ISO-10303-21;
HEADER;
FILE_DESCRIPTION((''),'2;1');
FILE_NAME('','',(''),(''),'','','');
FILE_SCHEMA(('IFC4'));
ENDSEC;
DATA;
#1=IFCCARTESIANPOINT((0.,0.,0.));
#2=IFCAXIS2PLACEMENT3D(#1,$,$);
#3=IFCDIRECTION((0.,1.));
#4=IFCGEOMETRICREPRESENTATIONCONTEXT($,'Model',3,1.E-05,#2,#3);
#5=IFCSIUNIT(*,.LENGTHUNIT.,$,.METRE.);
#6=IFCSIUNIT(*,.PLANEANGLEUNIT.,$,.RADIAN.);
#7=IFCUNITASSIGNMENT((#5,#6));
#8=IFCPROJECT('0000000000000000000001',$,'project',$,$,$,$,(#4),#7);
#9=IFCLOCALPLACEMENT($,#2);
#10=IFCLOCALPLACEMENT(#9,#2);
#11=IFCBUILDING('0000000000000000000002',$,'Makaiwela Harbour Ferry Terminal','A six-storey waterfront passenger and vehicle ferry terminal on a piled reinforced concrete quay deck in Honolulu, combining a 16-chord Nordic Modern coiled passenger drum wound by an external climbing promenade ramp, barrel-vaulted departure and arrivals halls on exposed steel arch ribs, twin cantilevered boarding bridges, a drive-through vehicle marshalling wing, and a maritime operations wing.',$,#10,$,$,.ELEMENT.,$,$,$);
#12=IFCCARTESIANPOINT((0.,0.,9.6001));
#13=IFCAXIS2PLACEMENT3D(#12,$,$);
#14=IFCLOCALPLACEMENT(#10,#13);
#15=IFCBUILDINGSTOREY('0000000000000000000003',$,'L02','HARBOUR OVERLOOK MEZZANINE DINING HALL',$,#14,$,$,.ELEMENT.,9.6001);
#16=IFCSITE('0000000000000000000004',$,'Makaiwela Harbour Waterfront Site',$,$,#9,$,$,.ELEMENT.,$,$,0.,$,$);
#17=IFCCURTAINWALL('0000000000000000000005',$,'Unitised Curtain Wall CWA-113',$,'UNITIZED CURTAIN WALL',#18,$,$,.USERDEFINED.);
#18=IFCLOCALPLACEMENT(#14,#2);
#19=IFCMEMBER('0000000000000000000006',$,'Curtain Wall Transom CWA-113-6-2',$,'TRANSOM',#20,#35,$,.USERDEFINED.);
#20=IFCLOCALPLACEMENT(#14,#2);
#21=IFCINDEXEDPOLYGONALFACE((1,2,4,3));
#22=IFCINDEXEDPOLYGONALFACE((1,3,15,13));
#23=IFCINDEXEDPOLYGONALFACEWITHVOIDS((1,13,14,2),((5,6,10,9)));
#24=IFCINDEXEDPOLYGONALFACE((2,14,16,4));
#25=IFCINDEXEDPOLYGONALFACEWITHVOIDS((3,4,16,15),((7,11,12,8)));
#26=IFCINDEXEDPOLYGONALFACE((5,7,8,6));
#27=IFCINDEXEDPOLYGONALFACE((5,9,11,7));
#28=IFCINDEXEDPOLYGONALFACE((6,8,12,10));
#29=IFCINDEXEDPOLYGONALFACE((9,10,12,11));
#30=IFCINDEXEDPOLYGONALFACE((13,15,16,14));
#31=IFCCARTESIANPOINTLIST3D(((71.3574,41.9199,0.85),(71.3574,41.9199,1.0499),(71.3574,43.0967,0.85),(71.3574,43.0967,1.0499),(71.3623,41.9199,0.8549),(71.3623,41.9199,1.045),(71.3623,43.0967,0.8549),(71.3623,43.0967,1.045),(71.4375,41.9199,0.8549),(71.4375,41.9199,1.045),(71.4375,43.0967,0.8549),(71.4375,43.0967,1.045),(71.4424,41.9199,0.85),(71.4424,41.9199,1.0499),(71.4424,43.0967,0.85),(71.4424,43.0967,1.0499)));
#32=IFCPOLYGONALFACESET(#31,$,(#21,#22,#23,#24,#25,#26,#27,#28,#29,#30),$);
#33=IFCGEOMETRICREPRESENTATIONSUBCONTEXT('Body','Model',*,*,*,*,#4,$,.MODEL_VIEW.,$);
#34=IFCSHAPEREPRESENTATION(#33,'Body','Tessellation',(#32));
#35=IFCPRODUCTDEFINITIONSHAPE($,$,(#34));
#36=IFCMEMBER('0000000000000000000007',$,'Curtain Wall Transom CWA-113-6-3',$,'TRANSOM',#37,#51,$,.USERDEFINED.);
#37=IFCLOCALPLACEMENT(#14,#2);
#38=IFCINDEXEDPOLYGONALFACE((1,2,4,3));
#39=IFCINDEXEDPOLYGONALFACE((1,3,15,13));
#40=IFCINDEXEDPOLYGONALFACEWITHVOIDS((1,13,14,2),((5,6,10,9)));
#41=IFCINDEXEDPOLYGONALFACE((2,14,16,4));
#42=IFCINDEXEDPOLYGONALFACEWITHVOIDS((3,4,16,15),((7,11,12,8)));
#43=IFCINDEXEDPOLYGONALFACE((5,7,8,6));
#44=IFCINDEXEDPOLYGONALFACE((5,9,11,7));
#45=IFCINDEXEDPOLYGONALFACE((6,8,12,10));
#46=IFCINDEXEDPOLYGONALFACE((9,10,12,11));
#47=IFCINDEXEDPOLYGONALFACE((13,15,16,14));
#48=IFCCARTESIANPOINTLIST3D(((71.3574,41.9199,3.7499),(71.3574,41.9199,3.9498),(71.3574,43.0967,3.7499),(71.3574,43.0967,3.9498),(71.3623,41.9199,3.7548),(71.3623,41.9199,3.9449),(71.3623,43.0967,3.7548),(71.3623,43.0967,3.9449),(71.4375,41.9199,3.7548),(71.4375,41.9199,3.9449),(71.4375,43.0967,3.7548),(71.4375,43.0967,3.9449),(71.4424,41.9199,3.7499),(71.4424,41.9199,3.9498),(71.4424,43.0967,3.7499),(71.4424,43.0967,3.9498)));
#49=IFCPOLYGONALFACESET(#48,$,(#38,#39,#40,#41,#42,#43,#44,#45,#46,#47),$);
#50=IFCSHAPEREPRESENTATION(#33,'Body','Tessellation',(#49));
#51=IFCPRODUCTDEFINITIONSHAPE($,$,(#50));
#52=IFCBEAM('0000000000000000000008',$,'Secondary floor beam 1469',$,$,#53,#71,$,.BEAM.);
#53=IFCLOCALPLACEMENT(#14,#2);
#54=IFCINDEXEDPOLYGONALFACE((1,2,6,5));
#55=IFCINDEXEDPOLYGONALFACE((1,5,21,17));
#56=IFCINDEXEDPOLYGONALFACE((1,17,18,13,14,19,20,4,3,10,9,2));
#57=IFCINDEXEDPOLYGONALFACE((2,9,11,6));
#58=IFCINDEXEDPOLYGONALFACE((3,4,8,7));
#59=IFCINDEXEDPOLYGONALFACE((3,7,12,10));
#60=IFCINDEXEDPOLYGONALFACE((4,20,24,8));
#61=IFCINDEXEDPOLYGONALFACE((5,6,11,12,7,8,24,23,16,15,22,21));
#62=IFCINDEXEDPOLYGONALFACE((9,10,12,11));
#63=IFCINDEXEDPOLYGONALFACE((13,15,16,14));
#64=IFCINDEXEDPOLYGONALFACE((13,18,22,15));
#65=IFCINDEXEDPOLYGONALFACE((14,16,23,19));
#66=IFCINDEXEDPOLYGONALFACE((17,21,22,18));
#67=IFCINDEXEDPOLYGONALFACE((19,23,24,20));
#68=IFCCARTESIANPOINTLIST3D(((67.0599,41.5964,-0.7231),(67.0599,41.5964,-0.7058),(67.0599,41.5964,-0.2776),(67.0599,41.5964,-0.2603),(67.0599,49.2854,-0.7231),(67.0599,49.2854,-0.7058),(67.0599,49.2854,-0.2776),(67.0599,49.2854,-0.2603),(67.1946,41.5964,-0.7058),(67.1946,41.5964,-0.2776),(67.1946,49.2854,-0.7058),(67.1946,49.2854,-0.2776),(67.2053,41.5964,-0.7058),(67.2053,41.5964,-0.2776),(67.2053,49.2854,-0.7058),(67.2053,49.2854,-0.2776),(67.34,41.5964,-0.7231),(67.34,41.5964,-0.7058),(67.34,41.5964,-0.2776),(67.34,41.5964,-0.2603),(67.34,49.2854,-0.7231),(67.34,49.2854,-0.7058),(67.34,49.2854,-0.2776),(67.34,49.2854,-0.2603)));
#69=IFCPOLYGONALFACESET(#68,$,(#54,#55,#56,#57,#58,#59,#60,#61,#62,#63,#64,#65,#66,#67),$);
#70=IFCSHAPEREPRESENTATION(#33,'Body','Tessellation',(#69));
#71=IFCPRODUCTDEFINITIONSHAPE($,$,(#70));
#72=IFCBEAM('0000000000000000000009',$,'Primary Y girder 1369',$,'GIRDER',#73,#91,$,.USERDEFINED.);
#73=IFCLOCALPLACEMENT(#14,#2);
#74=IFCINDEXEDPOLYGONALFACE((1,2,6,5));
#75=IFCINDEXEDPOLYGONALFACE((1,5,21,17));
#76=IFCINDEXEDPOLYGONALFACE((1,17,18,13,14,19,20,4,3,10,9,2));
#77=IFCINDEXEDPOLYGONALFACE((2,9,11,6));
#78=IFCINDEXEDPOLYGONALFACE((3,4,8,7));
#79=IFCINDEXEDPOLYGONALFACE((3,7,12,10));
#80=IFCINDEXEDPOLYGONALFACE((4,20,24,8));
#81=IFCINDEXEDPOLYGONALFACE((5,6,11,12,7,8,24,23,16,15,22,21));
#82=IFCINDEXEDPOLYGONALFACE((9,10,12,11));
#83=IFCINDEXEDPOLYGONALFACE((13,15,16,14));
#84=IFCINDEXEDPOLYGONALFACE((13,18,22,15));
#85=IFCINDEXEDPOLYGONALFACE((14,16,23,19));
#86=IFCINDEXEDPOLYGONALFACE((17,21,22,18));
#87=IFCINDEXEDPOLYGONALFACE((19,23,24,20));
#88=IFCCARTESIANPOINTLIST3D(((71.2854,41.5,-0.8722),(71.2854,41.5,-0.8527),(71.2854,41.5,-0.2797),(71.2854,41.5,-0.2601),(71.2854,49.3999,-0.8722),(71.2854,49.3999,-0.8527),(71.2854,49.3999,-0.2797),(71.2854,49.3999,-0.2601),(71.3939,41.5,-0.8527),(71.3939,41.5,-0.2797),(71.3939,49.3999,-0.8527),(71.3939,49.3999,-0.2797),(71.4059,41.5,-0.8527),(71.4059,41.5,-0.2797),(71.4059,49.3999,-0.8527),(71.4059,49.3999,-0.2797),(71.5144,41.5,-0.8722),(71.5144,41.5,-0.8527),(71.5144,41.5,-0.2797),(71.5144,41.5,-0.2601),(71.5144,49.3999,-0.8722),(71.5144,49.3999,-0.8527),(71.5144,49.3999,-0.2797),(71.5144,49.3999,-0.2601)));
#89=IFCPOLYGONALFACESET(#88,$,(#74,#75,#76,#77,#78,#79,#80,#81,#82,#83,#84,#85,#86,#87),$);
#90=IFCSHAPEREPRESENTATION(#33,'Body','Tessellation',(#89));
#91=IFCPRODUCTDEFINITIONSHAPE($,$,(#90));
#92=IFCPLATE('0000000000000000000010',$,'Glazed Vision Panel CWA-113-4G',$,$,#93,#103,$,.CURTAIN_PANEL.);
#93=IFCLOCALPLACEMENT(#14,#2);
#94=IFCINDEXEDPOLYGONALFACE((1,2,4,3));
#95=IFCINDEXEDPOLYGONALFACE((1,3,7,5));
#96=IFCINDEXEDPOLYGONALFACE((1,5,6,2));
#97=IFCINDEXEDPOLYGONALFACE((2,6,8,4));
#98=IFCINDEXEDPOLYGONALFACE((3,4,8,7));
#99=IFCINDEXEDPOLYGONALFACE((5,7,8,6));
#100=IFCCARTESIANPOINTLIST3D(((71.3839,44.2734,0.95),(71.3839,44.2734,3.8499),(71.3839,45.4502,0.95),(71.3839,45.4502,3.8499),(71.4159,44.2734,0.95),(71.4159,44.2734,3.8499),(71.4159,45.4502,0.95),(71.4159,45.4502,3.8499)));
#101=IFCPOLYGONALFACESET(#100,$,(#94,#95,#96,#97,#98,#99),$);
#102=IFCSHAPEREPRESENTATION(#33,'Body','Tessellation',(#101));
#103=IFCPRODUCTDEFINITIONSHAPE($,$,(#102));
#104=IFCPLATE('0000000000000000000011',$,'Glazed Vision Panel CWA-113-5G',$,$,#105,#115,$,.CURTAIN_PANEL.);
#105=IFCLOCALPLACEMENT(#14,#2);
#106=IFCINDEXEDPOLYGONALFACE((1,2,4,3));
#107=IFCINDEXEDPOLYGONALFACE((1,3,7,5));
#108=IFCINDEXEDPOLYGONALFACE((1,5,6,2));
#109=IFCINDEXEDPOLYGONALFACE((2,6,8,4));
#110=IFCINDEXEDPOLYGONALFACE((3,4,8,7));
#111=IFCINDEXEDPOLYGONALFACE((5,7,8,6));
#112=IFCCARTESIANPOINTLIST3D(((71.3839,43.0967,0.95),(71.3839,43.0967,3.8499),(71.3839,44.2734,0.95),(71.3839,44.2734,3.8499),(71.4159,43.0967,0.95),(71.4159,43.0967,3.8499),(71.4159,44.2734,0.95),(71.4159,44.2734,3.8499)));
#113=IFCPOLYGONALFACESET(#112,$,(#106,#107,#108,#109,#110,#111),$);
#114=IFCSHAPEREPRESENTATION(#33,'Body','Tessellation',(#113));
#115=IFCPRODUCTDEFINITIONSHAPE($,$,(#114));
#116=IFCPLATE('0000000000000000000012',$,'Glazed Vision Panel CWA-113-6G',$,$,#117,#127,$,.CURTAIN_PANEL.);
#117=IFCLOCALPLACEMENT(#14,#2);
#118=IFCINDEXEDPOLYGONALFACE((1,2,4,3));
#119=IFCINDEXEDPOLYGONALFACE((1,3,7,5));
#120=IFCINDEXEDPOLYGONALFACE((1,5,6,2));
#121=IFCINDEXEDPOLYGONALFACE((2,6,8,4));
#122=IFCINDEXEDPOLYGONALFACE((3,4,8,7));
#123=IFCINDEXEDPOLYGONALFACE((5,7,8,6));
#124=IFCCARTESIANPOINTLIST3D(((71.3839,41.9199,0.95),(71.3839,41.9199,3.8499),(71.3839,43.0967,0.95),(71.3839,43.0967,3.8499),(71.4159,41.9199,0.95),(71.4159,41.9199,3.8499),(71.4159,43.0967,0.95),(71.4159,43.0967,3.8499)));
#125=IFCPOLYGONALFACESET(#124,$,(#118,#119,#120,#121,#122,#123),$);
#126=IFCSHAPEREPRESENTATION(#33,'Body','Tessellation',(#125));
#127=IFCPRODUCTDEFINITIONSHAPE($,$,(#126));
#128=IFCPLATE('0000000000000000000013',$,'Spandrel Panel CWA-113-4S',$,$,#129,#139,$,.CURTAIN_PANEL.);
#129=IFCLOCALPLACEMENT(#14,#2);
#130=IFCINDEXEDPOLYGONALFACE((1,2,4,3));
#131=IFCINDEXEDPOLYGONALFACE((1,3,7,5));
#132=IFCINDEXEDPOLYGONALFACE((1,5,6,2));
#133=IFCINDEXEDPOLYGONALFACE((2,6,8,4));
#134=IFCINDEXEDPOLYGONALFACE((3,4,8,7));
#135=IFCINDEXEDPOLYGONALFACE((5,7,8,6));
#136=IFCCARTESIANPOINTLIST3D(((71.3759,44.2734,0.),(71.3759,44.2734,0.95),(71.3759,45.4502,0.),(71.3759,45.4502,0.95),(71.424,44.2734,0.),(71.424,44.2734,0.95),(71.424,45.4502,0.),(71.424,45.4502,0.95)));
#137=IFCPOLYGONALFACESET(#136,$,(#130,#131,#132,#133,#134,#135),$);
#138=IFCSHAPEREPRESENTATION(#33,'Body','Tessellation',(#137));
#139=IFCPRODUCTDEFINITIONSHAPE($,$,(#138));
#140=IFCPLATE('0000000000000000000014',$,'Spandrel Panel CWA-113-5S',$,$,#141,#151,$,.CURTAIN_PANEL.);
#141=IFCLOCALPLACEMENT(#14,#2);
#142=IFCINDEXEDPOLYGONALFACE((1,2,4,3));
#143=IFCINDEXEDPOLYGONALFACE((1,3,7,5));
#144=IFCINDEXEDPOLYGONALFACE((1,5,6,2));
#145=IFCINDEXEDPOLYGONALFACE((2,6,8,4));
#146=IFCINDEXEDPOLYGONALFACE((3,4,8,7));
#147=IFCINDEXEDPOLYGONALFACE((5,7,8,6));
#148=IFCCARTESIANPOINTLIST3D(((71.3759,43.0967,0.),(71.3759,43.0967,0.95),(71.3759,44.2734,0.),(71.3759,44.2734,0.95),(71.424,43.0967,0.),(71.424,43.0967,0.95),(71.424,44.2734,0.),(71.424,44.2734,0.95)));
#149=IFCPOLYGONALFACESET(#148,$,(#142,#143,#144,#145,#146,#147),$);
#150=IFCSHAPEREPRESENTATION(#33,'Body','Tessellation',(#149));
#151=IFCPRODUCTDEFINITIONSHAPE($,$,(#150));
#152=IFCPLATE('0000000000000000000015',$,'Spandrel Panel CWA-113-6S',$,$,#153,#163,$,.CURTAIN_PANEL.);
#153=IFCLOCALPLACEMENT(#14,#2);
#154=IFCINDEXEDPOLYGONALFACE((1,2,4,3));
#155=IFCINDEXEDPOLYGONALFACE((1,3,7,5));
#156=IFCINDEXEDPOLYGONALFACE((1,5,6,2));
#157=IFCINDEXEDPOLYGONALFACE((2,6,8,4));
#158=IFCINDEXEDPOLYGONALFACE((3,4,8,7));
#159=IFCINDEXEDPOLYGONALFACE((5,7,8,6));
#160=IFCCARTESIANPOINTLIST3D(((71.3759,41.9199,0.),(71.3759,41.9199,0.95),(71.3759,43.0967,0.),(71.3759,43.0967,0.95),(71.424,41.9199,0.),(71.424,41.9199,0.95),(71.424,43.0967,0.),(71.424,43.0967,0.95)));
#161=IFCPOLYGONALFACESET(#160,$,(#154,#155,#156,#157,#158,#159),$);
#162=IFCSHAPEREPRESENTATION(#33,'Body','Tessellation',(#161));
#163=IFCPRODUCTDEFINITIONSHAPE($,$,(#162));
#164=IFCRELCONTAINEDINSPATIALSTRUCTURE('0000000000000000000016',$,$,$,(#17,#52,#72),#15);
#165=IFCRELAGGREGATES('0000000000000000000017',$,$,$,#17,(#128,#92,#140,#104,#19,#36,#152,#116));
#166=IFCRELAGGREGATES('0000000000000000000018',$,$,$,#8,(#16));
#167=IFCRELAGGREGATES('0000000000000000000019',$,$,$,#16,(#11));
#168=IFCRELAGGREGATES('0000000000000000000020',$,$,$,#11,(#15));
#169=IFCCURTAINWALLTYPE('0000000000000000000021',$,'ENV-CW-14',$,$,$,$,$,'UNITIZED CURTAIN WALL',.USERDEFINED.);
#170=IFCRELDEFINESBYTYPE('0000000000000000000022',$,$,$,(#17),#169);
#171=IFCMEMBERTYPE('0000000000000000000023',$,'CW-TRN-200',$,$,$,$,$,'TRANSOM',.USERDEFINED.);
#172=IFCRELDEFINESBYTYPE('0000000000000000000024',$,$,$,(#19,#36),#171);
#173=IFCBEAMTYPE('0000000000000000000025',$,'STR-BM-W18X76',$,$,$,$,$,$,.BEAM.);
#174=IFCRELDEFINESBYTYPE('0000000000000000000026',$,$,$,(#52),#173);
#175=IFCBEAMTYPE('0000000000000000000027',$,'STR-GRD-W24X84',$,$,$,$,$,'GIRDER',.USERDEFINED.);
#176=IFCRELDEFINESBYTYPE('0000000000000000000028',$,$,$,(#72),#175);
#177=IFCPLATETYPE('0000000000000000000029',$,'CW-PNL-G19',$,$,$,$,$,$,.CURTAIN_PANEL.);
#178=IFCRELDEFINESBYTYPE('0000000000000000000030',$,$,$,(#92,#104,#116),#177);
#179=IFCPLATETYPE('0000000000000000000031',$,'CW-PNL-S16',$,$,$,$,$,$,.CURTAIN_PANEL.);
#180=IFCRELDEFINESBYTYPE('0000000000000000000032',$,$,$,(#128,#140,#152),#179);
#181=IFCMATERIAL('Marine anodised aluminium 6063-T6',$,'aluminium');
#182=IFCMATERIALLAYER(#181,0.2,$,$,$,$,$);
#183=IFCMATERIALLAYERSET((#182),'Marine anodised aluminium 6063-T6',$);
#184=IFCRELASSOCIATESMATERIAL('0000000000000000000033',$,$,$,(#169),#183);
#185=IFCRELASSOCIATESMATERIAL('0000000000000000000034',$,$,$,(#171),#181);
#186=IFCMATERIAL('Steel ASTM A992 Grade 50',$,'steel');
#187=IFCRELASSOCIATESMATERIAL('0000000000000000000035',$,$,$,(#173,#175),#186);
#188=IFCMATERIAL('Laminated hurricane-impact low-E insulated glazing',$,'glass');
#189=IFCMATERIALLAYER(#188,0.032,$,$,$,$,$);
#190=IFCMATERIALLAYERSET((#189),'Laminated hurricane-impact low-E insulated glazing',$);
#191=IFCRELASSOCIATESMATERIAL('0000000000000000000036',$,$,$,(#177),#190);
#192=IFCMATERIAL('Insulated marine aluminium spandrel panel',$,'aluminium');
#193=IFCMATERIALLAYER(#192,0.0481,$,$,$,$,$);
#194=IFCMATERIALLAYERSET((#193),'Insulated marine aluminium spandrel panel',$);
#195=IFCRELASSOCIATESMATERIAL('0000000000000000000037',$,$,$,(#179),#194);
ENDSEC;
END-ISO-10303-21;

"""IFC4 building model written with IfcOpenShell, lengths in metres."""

from ifc_helpers import new_model, si_unit, direction, frame, origin, origin_2d, place, context, subcontext, project, spatial, rectangle, hollow_rectangle, i_section, extrude, material, layer, layer_set, material_profile, profile_set, type_object, element, aggregate, save


model = new_model("IFC4")

# Units and contexts
model_context = context("Model", 3, precision=1e-05, world=origin(), true_north=direction((0.0, 1.0)))
body_context = subcontext(model_context, "Body", "Model", "MODEL_VIEW")
ifc_project = project(units=[si_unit("LENGTHUNIT", "METRE"), si_unit("PLANEANGLEUNIT", "RADIAN")], contexts=[model_context])

# Site, building, storey
site_placement = place(None, origin())
site = spatial("IfcSite", under=ifc_project, at=site_placement, Name="Makaiwela Harbour Waterfront Site", CompositionType="ELEMENT", RefElevation=0.0)
building_placement = place(site_placement, origin())
building = spatial("IfcBuilding", under=site, at=building_placement, Name="Makaiwela Harbour Ferry Terminal", Description="A six-storey waterfront passenger and vehicle ferry terminal on a piled reinforced concrete quay deck in Honolulu, combining a 16-chord Nordic Modern coiled passenger drum wound by an external climbing promenade ramp, barrel-vaulted departure and arrivals halls on exposed steel arch ribs, twin cantilevered boarding bridges, a drive-through vehicle marshalling wing, and a maritime operations wing.", CompositionType="ELEMENT")
storey_placement = place(building_placement, frame((0.0, 0.0, 9.6001)))
storey = spatial("IfcBuildingStorey", under=building, at=storey_placement, Name="L02", Description="HARBOUR OVERLOOK MEZZANINE DINING HALL", CompositionType="ELEMENT", Elevation=9.6001)

# Curtain wall
ifc_material_1 = material(Name="Marine anodised aluminium 6063-T6", Category="aluminium")
ifc_layer_1 = layer(ifc_material_1, 0.2)
ifc_layer_set_1 = layer_set([ifc_layer_1], Name="Marine anodised aluminium 6063-T6")
curtain_wall_type = type_object("IfcCurtainWallType", Name="ENV-CW-14", ElementType="UNITIZED CURTAIN WALL", PredefinedType="USERDEFINED", material=ifc_layer_set_1)
curtain_wall_1_placement = place(storey_placement, origin())
curtain_wall_1 = element("IfcCurtainWall", 1, at=curtain_wall_1_placement, inside=storey, type_object=curtain_wall_type, Name="Unitised Curtain Wall CWA-113", ObjectType="UNITIZED CURTAIN WALL", PredefinedType="USERDEFINED")
ifc_material_profile_1 = material_profile(ifc_material_1, hollow_rectangle(XDim=0.085, YDim=0.2, WallThickness=0.0049, at=origin_2d()), Name="CWT-200X85")
ifc_profile_set_1 = profile_set([ifc_material_profile_1], Name="Marine anodised aluminium 6063-T6")
member_type_1 = type_object("IfcMemberType", Name="CW-TRN-200", ElementType="TRANSOM", PredefinedType="USERDEFINED", material=ifc_profile_set_1)

# Members
member_1_placement = place(storey_placement, frame((71.3999, 43.0967, 0.95), z_axis=(0.0, -1.0, 0.0), x_axis=(1.0, 0.0, 0.0)))
member_1 = element("IfcMember", 2, at=member_1_placement, type_object=member_type_1, Name="Curtain Wall Transom CWA-113-6-2", ObjectType="TRANSOM", PredefinedType="USERDEFINED", context=body_context, shape_type="SweptSolid", body=[
    extrude(hollow_rectangle(XDim=0.085, YDim=0.2, WallThickness=0.0049, at=origin_2d()), origin(), (0.0, 0.0, 1.0), 1.1768),
])
member_2_placement = place(storey_placement, frame((71.3999, 43.0967, 3.8499), z_axis=(0.0, -1.0, 0.0), x_axis=(1.0, 0.0, 0.0)))
member_2 = element("IfcMember", 3, at=member_2_placement, type_object=member_type_1, Name="Curtain Wall Transom CWA-113-6-3", ObjectType="TRANSOM", PredefinedType="USERDEFINED", context=body_context, shape_type="SweptSolid", body=[
    extrude(hollow_rectangle(XDim=0.085, YDim=0.2, WallThickness=0.0049, at=origin_2d()), origin(), (0.0, 0.0, 1.0), 1.1768),
])

# Beams
ifc_material_2 = material(Name="Steel ASTM A992 Grade 50", Category="steel")
ifc_material_profile_2 = material_profile(ifc_material_2, i_section(OverallWidth=0.28, OverallDepth=0.4629, WebThickness=0.0107, FlangeThickness=0.0173, at=origin_2d()), Name="W18X76")
ifc_profile_set_2 = profile_set([ifc_material_profile_2], Name="Steel ASTM A992 Grade 50")
beam_type_1 = type_object("IfcBeamType", Name="STR-BM-W18X76", PredefinedType="BEAM", material=ifc_profile_set_2)
beam_1_placement = place(storey_placement, frame((67.2, 41.5964, -0.4917), z_axis=(0.0, 1.0, 0.0), x_axis=(-1.0, 0.0, 0.0)))
element("IfcBeam", 4, at=beam_1_placement, inside=storey, type_object=beam_type_1, Name="Secondary floor beam 1469", PredefinedType="BEAM", context=body_context, shape_type="SweptSolid", body=[
    extrude(i_section(OverallWidth=0.28, OverallDepth=0.4629, WebThickness=0.0107, FlangeThickness=0.0173, at=origin_2d()), origin(), (0.0, 0.0, 1.0), 7.689),
])
ifc_material_profile_3 = material_profile(ifc_material_2, i_section(OverallWidth=0.229, OverallDepth=0.6121, WebThickness=0.012, FlangeThickness=0.0195, at=origin_2d()), Name="W24X84")
ifc_profile_set_3 = profile_set([ifc_material_profile_3], Name="Steel ASTM A992 Grade 50")
beam_type_2 = type_object("IfcBeamType", Name="STR-GRD-W24X84", ElementType="GIRDER", PredefinedType="USERDEFINED", material=ifc_profile_set_3)
beam_2_placement = place(storey_placement, frame((71.3999, 41.5, -0.5662), z_axis=(0.0, 1.0, 0.0), x_axis=(-1.0, 0.0, 0.0)))
element("IfcBeam", 5, at=beam_2_placement, inside=storey, type_object=beam_type_2, Name="Primary Y girder 1369", ObjectType="GIRDER", PredefinedType="USERDEFINED", context=body_context, shape_type="SweptSolid", body=[
    extrude(i_section(OverallWidth=0.229, OverallDepth=0.6121, WebThickness=0.012, FlangeThickness=0.0195, at=origin_2d()), origin(), (0.0, 0.0, 1.0), 7.8999),
])

# Plates
ifc_material_3 = material(Name="Laminated hurricane-impact low-E insulated glazing", Category="glass")
ifc_layer_2 = layer(ifc_material_3, 0.032)
ifc_layer_set_2 = layer_set([ifc_layer_2], Name="Laminated hurricane-impact low-E insulated glazing")
plate_type_1 = type_object("IfcPlateType", Name="CW-PNL-G19", PredefinedType="CURTAIN_PANEL", material=ifc_layer_set_2)
plate_1_placement = place(storey_placement, frame((71.3999, 44.8618, 0.95), z_axis=(0.0, 0.0, 1.0), x_axis=(0.0, -1.0, 0.0)))
plate_1 = element("IfcPlate", 6, at=plate_1_placement, type_object=plate_type_1, Name="Glazed Vision Panel CWA-113-4G", PredefinedType="CURTAIN_PANEL", context=body_context, shape_type="SweptSolid", body=[
    extrude(rectangle(XDim=1.1768, YDim=0.032, at=origin_2d()), origin(), (0.0, 0.0, 1.0), 2.8999),
])
plate_2_placement = place(storey_placement, frame((71.3999, 43.6851, 0.95), z_axis=(0.0, 0.0, 1.0), x_axis=(0.0, -1.0, 0.0)))
plate_2 = element("IfcPlate", 7, at=plate_2_placement, type_object=plate_type_1, Name="Glazed Vision Panel CWA-113-5G", PredefinedType="CURTAIN_PANEL", context=body_context, shape_type="SweptSolid", body=[
    extrude(rectangle(XDim=1.1768, YDim=0.032, at=origin_2d()), origin(), (0.0, 0.0, 1.0), 2.8999),
])
plate_3_placement = place(storey_placement, frame((71.3999, 42.5083, 0.95), z_axis=(0.0, 0.0, 1.0), x_axis=(0.0, -1.0, 0.0)))
plate_3 = element("IfcPlate", 8, at=plate_3_placement, type_object=plate_type_1, Name="Glazed Vision Panel CWA-113-6G", PredefinedType="CURTAIN_PANEL", context=body_context, shape_type="SweptSolid", body=[
    extrude(rectangle(XDim=1.1768, YDim=0.032, at=origin_2d()), origin(), (0.0, 0.0, 1.0), 2.8999),
])
ifc_material_4 = material(Name="Insulated marine aluminium spandrel panel", Category="aluminium")
ifc_layer_3 = layer(ifc_material_4, 0.0481)
ifc_layer_set_3 = layer_set([ifc_layer_3], Name="Insulated marine aluminium spandrel panel")
plate_type_2 = type_object("IfcPlateType", Name="CW-PNL-S16", PredefinedType="CURTAIN_PANEL", material=ifc_layer_set_3)
plate_4_placement = place(storey_placement, frame((71.3999, 44.8618, 0.0), z_axis=(0.0, 0.0, 1.0), x_axis=(0.0, -1.0, 0.0)))
plate_4 = element("IfcPlate", 9, at=plate_4_placement, type_object=plate_type_2, Name="Spandrel Panel CWA-113-4S", PredefinedType="CURTAIN_PANEL", context=body_context, shape_type="SweptSolid", body=[
    extrude(rectangle(XDim=1.1768, YDim=0.0481, at=origin_2d()), origin(), (0.0, 0.0, 1.0), 0.95),
])
plate_5_placement = place(storey_placement, frame((71.3999, 43.6851, 0.0), z_axis=(0.0, 0.0, 1.0), x_axis=(0.0, -1.0, 0.0)))
plate_5 = element("IfcPlate", 10, at=plate_5_placement, type_object=plate_type_2, Name="Spandrel Panel CWA-113-5S", PredefinedType="CURTAIN_PANEL", context=body_context, shape_type="SweptSolid", body=[
    extrude(rectangle(XDim=1.1768, YDim=0.0481, at=origin_2d()), origin(), (0.0, 0.0, 1.0), 0.95),
])
plate_6_placement = place(storey_placement, frame((71.3999, 42.5083, 0.0), z_axis=(0.0, 0.0, 1.0), x_axis=(0.0, -1.0, 0.0)))
plate_6 = element("IfcPlate", 11, at=plate_6_placement, type_object=plate_type_2, Name="Spandrel Panel CWA-113-6S", PredefinedType="CURTAIN_PANEL", context=body_context, shape_type="SweptSolid", body=[
    extrude(rectangle(XDim=1.1768, YDim=0.0481, at=origin_2d()), origin(), (0.0, 0.0, 1.0), 0.95),
])
aggregate(curtain_wall_1, [plate_4, plate_1, plate_5, plate_2, member_1, member_2, plate_6, plate_3])

save(model, "model.ifc")
